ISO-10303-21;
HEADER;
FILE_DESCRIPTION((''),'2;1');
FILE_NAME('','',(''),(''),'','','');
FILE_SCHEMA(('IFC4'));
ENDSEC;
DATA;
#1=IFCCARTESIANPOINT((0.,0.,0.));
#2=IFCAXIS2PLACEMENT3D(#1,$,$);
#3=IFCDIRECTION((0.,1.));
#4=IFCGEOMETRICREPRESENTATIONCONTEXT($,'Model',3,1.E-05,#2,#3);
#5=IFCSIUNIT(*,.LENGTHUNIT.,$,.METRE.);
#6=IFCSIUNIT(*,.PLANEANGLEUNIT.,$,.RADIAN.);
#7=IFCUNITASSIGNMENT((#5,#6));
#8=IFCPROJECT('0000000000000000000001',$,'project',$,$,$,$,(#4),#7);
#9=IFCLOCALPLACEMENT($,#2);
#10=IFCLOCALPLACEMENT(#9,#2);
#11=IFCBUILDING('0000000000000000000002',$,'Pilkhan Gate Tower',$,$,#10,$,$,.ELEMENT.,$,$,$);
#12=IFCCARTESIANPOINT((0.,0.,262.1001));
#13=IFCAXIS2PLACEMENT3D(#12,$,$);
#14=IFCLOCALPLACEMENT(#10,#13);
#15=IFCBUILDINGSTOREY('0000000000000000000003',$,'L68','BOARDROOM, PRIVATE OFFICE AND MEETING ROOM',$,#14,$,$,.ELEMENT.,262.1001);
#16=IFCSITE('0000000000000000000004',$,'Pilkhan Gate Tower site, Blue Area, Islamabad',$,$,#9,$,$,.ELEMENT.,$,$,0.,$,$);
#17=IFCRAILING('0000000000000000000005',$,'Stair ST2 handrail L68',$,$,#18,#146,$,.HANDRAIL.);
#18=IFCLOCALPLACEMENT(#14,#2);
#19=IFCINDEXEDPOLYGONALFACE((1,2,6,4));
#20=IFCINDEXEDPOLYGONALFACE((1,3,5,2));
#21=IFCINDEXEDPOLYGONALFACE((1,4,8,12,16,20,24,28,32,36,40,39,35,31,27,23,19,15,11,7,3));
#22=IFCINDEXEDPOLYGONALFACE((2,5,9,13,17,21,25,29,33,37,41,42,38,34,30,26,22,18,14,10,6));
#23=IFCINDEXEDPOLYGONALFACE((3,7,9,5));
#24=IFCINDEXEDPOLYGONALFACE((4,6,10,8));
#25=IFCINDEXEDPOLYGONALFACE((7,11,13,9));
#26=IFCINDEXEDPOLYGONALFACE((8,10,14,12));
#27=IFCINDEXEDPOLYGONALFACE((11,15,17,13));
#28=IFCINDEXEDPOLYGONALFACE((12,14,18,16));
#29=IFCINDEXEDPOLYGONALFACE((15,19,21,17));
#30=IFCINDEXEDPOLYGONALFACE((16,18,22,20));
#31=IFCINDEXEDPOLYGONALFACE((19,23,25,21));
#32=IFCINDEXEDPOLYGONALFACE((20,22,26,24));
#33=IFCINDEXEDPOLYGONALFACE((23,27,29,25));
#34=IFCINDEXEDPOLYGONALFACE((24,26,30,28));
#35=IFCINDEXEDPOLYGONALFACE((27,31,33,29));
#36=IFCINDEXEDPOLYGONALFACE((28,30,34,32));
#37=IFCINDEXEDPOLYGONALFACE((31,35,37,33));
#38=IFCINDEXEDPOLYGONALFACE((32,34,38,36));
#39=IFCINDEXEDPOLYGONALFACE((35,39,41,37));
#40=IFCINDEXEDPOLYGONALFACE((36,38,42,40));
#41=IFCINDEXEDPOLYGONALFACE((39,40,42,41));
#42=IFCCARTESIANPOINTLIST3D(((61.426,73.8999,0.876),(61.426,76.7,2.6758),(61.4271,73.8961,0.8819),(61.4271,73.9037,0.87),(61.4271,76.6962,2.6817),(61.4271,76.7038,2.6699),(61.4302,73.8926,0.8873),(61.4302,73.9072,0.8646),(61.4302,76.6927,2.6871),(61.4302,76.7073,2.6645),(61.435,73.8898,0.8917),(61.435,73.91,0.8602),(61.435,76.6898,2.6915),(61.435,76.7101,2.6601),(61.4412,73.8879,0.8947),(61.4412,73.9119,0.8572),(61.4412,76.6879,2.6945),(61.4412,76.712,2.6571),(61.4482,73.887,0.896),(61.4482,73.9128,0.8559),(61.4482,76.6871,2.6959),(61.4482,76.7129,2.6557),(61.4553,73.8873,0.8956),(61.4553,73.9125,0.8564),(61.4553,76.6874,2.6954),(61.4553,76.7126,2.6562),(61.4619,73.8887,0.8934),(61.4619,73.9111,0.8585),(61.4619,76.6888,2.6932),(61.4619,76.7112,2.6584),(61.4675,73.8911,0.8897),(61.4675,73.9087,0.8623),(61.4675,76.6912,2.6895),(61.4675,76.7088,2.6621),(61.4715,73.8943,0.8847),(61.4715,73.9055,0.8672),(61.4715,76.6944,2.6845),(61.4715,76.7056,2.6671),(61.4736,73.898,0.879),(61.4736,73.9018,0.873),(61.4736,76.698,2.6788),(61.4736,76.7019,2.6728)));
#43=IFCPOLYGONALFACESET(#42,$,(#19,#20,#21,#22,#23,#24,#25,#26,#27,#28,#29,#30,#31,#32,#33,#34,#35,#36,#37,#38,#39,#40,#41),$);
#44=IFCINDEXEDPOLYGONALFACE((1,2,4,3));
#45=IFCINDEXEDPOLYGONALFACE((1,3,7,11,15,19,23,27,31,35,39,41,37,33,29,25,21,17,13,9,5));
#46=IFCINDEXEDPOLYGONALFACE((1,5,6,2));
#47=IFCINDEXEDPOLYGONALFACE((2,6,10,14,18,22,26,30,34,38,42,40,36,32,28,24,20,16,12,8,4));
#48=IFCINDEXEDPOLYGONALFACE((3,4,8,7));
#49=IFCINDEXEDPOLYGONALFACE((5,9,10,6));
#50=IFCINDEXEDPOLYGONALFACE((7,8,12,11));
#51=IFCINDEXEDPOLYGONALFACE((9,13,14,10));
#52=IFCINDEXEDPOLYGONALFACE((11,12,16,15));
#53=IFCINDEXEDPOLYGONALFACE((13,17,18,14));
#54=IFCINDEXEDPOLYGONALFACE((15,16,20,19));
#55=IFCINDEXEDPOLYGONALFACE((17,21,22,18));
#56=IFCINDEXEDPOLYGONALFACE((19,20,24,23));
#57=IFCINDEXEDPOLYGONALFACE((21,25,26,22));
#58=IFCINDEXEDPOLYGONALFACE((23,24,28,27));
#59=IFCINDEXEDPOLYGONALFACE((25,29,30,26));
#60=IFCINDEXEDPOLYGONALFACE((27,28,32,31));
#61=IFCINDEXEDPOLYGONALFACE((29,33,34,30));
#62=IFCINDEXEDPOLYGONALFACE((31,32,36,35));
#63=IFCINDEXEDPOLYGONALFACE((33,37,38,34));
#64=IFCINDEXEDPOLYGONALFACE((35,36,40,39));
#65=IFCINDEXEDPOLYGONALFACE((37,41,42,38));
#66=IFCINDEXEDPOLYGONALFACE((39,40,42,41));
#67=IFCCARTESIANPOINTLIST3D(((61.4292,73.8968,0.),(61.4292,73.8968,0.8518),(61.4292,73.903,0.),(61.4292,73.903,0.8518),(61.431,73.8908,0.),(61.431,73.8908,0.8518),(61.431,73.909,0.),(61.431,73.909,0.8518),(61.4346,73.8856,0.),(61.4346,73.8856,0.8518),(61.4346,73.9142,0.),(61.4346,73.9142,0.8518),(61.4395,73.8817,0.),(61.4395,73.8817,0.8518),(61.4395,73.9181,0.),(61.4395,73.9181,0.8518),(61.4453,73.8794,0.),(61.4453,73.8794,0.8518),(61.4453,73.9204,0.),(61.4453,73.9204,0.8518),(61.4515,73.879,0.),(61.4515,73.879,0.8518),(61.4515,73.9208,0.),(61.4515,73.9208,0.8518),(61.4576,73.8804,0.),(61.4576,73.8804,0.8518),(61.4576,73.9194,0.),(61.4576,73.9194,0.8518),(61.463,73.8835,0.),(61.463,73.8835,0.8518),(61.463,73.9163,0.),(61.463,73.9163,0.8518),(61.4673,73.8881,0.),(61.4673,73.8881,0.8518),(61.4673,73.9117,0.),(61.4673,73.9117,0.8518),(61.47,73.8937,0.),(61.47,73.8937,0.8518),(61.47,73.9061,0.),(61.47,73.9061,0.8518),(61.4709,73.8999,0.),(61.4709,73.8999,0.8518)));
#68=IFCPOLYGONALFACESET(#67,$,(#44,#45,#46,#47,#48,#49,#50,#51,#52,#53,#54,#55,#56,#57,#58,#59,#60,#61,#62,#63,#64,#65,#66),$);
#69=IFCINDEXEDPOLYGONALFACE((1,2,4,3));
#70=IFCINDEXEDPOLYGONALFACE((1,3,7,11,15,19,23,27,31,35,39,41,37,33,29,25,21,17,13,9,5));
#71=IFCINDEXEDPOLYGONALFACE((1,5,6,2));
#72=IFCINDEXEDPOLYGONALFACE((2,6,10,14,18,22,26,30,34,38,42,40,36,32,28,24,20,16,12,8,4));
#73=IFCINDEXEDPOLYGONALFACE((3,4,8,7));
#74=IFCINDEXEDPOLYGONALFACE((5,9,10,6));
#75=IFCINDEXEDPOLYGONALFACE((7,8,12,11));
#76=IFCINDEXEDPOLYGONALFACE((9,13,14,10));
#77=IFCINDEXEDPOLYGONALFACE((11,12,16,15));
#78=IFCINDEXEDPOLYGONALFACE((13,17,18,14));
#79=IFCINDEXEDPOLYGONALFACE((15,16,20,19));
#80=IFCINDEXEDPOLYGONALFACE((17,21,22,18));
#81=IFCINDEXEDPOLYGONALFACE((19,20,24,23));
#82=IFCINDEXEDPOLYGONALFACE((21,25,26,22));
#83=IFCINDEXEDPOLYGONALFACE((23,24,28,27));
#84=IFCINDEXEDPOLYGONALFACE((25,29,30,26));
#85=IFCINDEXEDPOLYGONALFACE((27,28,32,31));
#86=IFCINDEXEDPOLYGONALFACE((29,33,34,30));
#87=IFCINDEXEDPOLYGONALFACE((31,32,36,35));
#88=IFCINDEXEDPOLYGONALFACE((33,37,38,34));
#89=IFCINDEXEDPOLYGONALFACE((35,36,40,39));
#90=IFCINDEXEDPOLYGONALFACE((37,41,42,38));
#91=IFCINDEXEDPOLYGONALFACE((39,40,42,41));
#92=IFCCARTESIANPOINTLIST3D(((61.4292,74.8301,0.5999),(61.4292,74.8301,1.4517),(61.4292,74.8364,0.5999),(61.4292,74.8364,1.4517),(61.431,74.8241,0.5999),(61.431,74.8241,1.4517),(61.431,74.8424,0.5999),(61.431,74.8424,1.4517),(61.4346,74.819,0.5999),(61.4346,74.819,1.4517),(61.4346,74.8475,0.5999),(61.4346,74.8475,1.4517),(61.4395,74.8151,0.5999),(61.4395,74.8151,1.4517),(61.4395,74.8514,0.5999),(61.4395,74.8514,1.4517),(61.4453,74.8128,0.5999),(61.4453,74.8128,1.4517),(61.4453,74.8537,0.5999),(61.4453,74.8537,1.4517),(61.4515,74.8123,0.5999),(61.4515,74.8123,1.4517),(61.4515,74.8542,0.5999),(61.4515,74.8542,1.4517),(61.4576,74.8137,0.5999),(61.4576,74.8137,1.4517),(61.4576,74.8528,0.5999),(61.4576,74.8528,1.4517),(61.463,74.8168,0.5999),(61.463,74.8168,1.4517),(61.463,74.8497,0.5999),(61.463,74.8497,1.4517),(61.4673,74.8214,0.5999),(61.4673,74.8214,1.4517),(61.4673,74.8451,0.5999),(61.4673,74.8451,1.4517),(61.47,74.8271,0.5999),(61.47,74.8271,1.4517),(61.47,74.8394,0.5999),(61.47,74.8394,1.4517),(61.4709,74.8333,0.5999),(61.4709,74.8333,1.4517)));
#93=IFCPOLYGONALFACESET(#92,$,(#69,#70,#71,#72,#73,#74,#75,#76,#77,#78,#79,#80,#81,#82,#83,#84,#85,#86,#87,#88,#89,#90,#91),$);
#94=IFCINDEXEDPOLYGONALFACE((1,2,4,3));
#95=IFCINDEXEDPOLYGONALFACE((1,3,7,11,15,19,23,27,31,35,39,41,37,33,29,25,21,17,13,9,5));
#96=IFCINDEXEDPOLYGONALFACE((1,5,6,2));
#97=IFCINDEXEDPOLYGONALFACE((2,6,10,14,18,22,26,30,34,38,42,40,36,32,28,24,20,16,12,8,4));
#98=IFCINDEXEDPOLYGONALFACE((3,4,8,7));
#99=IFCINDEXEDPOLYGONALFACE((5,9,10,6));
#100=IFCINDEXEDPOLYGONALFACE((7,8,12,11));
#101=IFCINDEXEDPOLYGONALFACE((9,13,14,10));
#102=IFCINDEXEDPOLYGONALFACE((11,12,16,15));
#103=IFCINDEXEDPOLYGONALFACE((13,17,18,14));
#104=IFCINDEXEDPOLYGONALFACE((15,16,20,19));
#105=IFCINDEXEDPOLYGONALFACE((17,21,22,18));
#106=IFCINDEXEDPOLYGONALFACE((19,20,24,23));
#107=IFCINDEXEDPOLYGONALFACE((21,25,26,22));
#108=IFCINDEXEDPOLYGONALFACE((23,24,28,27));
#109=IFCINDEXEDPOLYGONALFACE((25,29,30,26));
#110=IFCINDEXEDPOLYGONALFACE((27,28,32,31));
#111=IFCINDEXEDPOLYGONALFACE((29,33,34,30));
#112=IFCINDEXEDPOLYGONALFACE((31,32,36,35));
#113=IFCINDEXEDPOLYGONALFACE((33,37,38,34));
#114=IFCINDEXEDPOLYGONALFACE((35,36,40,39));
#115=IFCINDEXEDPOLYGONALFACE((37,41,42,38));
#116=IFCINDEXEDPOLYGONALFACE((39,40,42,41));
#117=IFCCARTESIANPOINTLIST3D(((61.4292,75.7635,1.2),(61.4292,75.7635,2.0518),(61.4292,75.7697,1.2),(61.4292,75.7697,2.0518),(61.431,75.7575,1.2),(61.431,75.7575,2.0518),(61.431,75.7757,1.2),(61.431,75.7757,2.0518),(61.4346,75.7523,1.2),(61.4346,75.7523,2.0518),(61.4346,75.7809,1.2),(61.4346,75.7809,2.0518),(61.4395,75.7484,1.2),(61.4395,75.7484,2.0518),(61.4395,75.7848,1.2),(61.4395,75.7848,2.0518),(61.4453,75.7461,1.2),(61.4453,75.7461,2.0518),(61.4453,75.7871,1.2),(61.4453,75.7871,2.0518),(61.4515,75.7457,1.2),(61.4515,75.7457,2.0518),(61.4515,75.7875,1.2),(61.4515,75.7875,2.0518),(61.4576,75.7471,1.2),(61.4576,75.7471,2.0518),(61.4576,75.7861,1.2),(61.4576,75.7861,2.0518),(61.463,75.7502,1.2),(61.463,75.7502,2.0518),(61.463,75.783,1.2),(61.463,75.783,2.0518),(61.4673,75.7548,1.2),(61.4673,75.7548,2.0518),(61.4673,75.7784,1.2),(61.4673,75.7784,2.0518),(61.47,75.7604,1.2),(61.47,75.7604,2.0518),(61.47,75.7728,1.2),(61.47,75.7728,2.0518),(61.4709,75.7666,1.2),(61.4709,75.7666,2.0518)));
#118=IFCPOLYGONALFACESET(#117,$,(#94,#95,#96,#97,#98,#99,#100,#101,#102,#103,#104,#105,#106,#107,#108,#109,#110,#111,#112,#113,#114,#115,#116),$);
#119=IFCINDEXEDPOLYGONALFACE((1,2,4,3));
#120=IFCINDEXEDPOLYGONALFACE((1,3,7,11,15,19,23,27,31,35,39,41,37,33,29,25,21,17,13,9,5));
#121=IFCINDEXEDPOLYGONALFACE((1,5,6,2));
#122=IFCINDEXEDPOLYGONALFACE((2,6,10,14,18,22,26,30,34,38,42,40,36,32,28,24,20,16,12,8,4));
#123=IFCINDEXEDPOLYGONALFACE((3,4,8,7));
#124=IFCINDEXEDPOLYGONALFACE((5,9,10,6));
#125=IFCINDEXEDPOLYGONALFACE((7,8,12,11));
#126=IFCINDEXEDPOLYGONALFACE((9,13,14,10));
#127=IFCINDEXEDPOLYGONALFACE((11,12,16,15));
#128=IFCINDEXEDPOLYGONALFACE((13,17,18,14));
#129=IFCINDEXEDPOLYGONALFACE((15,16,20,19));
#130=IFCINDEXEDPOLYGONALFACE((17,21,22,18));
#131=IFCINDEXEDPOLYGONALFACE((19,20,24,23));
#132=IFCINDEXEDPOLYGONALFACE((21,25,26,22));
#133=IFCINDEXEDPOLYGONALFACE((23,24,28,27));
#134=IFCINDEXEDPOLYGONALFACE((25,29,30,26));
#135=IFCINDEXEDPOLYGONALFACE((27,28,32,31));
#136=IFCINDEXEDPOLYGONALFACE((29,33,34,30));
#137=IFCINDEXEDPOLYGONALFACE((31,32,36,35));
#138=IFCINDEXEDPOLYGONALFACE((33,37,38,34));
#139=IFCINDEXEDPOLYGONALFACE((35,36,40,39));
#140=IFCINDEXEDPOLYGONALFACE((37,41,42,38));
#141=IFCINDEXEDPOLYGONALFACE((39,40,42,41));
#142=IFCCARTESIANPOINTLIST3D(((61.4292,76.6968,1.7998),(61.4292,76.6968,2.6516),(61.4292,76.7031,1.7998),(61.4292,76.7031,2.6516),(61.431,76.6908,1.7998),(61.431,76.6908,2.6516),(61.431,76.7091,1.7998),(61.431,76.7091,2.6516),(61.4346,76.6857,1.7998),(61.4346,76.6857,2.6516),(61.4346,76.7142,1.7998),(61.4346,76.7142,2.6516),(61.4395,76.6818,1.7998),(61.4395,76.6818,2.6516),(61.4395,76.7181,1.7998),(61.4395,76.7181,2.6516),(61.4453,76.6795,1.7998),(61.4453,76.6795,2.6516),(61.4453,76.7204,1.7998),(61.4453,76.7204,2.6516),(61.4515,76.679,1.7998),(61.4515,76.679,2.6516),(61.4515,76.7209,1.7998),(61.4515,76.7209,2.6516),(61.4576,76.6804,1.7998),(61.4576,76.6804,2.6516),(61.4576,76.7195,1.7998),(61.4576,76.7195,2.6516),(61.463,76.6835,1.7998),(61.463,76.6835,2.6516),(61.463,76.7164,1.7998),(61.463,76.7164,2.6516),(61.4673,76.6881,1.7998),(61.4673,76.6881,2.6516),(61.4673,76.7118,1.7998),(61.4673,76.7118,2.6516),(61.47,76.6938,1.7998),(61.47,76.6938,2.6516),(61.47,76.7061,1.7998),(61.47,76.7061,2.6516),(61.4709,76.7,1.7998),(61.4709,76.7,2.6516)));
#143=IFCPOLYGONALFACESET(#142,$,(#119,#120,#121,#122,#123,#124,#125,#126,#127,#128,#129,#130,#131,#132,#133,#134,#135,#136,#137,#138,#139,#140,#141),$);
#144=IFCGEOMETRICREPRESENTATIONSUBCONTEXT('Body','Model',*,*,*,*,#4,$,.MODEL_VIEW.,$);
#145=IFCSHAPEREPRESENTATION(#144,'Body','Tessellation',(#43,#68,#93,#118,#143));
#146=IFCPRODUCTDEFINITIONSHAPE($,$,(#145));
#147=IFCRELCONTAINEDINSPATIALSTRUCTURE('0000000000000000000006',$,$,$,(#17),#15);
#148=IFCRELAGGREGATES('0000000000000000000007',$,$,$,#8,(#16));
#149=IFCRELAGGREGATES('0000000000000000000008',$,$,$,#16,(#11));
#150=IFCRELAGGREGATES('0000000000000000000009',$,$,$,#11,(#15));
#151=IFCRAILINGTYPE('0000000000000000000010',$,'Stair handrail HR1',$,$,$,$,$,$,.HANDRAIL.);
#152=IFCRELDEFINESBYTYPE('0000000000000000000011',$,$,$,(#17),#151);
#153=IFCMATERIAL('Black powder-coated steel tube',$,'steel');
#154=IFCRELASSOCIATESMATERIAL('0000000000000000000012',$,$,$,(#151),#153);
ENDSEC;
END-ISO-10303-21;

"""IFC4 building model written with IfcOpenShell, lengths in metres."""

from ifc_helpers import new_model, si_unit, direction, frame, origin, origin_2d, place, context, subcontext, project, spatial, circle, extrude, material, type_object, element, save


model = new_model("IFC4")

# Units and contexts
model_context = context("Model", 3, precision=1e-05, world=origin(), true_north=direction((0.0, 1.0)))
body_context = subcontext(model_context, "Body", "Model", "MODEL_VIEW")
ifc_project = project(units=[si_unit("LENGTHUNIT", "METRE"), si_unit("PLANEANGLEUNIT", "RADIAN")], contexts=[model_context])

# Site, building, storey
site_placement = place(None, origin())
site = spatial("IfcSite", under=ifc_project, at=site_placement, Name="Pilkhan Gate Tower site, Blue Area, Islamabad", CompositionType="ELEMENT", RefElevation=0.0)
building_placement = place(site_placement, origin())
building = spatial("IfcBuilding", under=site, at=building_placement, Name="Pilkhan Gate Tower", CompositionType="ELEMENT")
storey_placement = place(building_placement, frame((0.0, 0.0, 262.1001)))
storey = spatial("IfcBuildingStorey", under=building, at=storey_placement, Name="L68", Description="BOARDROOM, PRIVATE OFFICE AND MEETING ROOM", CompositionType="ELEMENT", Elevation=262.1001)

# Railing
ifc_material_1 = material(Name="Black powder-coated steel tube", Category="steel")
railing_type_1 = type_object("IfcRailingType", Name="Stair handrail HR1", PredefinedType="HANDRAIL", material=ifc_material_1)
railing_1_placement = place(storey_placement, frame((61.45, 73.8999, 0.0)))
element("IfcRailing", 1, at=railing_1_placement, inside=storey, type_object=railing_type_1, Name="Stair ST2 handrail L68", PredefinedType="HANDRAIL", context=body_context, shape_type="SweptSolid", body=[
    extrude(circle(Radius=0.0239, at=origin_2d()), frame((0.0, 0.0, 0.876), z_axis=(0.0, 0.841209, 0.540709), x_axis=(-1.0, 0.0, 0.0)), (0.0, 0.0, 1.0), 3.3286),
    extrude(circle(Radius=0.021, at=origin_2d()), origin(), (0.0, 0.0, 1.0), 0.8518),
    extrude(circle(Radius=0.021, at=origin_2d()), frame((0.0, 0.9333, 0.5999)), (0.0, 0.0, 1.0), 0.8518),
    extrude(circle(Radius=0.021, at=origin_2d()), frame((0.0, 1.8667, 1.2)), (0.0, 0.0, 1.0), 0.8518),
    extrude(circle(Radius=0.021, at=origin_2d()), frame((0.0, 2.8, 1.7998)), (0.0, 0.0, 1.0), 0.8518),
])

save(model, "model.ifc")
